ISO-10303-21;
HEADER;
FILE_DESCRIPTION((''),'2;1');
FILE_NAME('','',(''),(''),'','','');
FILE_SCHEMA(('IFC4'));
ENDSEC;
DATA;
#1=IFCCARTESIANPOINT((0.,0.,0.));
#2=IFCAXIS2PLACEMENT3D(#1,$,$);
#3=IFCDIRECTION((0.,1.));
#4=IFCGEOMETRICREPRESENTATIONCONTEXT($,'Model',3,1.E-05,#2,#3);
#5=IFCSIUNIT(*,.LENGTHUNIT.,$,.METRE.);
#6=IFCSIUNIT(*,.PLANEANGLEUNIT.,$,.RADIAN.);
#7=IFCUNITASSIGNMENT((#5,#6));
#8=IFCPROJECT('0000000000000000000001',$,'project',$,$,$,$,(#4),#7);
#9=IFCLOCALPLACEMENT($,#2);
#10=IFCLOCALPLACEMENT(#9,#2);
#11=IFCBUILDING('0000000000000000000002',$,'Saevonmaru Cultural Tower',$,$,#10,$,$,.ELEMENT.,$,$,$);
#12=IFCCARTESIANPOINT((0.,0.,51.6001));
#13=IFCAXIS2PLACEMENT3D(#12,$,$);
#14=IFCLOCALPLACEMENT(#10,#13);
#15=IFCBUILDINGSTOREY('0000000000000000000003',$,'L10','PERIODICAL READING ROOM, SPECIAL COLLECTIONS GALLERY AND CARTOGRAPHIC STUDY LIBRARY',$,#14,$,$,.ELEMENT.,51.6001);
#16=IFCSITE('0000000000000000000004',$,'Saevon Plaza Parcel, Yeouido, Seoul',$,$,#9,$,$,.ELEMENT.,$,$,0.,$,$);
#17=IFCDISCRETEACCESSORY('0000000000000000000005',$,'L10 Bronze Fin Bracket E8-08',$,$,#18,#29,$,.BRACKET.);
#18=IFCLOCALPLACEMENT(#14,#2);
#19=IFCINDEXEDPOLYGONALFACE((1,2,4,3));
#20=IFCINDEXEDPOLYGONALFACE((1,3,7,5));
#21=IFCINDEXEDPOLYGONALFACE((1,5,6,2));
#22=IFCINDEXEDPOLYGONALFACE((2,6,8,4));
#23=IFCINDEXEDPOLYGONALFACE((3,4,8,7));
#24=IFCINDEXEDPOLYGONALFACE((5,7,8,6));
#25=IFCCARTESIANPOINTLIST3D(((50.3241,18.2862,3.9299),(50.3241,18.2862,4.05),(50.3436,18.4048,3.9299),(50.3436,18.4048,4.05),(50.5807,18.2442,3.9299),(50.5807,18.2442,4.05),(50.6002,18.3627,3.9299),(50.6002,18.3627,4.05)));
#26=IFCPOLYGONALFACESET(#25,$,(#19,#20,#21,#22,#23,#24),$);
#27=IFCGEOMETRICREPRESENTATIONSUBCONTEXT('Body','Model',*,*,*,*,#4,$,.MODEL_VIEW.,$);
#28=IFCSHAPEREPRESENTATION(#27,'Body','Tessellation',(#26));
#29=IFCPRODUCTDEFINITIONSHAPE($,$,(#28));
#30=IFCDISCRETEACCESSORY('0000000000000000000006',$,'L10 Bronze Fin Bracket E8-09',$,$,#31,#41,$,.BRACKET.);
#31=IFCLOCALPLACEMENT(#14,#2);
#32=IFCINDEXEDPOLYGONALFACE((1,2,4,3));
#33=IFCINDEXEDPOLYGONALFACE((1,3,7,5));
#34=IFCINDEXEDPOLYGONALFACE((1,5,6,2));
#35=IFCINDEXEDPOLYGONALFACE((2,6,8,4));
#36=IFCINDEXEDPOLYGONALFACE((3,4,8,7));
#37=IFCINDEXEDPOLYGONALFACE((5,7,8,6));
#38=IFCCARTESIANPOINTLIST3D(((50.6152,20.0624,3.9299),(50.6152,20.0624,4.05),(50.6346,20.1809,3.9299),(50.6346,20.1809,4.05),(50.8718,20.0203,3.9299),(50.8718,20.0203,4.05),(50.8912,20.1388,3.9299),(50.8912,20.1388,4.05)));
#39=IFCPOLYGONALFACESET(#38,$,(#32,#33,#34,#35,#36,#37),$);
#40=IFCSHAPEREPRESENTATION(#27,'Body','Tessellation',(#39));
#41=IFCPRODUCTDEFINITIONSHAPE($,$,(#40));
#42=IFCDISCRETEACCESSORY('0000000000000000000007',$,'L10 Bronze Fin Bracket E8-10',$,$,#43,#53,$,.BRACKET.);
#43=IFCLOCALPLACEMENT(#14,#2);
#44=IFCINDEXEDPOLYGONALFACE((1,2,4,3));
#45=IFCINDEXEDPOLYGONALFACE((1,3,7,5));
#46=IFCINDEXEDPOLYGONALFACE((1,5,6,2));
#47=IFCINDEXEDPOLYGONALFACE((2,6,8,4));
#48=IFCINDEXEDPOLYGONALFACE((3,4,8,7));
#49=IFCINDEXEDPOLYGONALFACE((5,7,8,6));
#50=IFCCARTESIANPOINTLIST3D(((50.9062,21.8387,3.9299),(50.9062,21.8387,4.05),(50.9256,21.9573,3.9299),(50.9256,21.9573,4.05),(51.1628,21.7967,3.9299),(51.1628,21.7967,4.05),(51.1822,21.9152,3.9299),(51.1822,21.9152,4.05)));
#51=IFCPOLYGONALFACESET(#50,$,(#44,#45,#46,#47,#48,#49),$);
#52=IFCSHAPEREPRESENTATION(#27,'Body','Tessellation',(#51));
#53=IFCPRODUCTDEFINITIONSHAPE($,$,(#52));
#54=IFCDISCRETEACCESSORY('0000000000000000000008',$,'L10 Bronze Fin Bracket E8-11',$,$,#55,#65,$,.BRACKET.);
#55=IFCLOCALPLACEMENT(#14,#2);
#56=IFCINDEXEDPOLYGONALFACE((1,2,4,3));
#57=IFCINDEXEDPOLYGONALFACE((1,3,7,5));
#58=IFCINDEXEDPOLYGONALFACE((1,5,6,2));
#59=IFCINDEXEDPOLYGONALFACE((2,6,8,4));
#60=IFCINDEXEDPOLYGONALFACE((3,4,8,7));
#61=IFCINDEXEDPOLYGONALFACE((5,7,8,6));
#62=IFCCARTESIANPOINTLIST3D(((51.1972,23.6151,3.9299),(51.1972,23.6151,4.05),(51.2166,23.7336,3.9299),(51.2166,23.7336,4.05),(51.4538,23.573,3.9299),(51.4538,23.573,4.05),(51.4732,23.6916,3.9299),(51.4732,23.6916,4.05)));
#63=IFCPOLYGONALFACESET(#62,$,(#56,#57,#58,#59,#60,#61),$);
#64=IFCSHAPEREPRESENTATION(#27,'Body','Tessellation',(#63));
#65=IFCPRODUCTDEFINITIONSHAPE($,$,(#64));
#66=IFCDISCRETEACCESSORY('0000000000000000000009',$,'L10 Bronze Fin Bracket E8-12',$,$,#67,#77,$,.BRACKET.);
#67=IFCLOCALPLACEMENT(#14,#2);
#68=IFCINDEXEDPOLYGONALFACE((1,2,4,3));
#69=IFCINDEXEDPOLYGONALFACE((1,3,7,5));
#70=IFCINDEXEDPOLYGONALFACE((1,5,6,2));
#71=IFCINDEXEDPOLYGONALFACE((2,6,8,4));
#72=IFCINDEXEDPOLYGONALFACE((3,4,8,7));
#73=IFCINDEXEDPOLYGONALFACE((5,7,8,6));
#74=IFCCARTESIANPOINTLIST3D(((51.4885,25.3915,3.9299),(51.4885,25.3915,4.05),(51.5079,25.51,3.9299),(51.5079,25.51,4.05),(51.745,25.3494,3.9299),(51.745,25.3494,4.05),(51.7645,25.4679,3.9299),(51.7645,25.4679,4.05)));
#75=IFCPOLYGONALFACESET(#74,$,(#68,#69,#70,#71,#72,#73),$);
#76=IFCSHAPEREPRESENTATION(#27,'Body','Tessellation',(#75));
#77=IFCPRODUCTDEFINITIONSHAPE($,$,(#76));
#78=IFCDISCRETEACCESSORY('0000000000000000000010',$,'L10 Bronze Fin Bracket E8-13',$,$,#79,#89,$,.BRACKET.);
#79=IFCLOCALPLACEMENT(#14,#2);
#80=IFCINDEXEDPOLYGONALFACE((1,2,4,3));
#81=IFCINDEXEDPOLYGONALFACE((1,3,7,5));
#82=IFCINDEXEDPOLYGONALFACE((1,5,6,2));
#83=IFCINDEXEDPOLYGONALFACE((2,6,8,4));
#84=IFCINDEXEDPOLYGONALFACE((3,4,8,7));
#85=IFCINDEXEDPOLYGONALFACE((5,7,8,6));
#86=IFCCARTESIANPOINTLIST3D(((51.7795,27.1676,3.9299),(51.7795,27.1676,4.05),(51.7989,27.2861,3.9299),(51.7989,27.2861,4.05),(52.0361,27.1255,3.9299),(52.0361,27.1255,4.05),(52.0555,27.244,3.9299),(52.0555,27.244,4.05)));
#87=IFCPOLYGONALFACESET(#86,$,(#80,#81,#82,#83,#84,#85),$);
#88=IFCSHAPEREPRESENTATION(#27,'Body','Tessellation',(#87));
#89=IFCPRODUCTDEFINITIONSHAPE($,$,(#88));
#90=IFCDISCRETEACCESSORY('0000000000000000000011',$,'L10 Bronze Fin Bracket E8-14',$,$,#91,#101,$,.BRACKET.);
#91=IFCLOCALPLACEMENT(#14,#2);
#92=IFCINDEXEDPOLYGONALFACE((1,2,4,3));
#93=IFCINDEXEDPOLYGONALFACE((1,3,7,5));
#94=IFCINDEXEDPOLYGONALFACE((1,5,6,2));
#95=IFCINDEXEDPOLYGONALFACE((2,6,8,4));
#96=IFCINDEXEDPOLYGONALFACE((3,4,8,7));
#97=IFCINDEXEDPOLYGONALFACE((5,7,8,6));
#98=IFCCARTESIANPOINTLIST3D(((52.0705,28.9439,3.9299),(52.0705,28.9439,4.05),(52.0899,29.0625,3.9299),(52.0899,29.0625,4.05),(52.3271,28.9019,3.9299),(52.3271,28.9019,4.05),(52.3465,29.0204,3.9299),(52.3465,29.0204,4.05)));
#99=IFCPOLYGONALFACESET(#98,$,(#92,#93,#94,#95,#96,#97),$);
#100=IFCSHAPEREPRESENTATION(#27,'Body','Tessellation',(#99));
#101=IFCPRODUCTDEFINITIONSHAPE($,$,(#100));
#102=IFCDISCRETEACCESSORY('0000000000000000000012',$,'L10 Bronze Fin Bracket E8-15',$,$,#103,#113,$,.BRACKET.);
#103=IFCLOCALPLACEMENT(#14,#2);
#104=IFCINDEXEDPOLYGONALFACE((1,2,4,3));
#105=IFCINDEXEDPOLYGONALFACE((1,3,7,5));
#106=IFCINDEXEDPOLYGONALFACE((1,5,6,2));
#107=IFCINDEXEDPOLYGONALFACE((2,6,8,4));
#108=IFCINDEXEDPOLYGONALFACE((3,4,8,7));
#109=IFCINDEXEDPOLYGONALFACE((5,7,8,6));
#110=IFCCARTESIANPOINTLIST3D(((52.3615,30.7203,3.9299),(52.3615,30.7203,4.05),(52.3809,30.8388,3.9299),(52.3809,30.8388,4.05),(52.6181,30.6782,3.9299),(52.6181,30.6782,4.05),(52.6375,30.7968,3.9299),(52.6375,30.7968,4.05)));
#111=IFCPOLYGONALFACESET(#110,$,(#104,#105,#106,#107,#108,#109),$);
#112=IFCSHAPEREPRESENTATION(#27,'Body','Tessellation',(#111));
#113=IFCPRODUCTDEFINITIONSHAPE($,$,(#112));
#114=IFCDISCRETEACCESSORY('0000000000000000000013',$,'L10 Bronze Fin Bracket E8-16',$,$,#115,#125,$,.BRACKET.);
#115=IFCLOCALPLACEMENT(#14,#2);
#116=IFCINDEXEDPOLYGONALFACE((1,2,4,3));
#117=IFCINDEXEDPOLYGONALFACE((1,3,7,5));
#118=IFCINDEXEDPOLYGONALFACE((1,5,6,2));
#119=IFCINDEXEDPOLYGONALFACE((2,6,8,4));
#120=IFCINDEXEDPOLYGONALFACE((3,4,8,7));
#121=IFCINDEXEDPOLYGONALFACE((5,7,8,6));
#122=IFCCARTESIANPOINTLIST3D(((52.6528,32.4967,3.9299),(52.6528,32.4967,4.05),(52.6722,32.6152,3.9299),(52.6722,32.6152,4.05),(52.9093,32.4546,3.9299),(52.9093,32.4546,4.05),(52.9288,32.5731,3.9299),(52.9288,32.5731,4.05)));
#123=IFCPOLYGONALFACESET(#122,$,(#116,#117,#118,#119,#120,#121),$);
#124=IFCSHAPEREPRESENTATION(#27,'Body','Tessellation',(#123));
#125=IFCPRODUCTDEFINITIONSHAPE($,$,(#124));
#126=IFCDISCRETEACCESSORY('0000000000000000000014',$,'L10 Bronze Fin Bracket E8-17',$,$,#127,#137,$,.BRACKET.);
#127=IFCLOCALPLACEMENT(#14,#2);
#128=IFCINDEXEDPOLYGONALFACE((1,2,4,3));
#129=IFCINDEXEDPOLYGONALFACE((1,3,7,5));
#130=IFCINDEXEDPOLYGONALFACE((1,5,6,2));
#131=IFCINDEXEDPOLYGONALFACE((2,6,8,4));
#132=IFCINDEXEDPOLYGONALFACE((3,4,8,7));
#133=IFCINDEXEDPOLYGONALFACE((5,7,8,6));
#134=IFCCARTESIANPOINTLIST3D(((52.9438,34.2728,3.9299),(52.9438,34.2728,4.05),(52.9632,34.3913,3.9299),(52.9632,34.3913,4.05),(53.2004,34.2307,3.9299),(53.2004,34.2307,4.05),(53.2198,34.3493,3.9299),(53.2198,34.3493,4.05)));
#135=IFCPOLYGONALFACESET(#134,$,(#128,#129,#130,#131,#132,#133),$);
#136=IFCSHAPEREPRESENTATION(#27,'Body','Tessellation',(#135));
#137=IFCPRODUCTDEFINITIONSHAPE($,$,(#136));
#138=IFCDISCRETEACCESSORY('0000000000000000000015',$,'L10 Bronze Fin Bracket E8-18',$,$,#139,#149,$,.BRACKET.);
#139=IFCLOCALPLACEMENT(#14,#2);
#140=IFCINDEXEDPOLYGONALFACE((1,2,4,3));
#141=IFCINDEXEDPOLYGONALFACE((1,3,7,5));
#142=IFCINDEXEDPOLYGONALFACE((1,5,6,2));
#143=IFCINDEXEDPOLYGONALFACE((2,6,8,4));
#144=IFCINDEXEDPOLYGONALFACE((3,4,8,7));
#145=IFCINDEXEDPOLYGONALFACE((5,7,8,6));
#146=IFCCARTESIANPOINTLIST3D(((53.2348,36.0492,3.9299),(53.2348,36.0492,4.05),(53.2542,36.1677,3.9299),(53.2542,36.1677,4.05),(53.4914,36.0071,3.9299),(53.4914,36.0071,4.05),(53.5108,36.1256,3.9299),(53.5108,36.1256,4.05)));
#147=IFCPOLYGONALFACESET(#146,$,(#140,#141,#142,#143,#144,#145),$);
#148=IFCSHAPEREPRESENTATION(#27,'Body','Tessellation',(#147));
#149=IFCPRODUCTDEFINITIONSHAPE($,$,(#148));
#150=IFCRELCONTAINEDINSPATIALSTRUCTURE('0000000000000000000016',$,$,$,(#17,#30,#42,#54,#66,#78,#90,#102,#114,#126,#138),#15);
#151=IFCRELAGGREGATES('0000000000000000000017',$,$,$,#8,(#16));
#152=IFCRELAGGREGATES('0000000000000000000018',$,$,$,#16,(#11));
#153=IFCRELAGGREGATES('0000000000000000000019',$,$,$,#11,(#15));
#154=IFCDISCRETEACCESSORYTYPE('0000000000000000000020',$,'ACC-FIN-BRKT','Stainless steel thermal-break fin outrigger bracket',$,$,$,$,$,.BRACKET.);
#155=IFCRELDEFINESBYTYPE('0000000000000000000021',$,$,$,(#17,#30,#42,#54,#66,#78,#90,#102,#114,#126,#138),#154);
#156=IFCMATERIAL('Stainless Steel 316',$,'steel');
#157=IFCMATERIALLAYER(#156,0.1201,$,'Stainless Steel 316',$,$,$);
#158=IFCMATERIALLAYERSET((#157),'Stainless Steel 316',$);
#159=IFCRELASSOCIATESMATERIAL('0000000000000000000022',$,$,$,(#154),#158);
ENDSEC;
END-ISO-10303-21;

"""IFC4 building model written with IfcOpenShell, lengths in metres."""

from ifc_helpers import new_model, si_unit, direction, frame, origin, origin_2d, place, context, subcontext, project, spatial, rectangle, extrude, material, layer, layer_set, type_object, element, save


model = new_model("IFC4")

# Units and contexts
model_context = context("Model", 3, precision=1e-05, world=origin(), true_north=direction((0.0, 1.0)))
body_context = subcontext(model_context, "Body", "Model", "MODEL_VIEW")
ifc_project = project(units=[si_unit("LENGTHUNIT", "METRE"), si_unit("PLANEANGLEUNIT", "RADIAN")], contexts=[model_context])

# Site, building, storey
site_placement = place(None, origin())
site = spatial("IfcSite", under=ifc_project, at=site_placement, Name="Saevon Plaza Parcel, Yeouido, Seoul", CompositionType="ELEMENT", RefElevation=0.0)
building_placement = place(site_placement, origin())
building = spatial("IfcBuilding", under=site, at=building_placement, Name="Saevonmaru Cultural Tower", CompositionType="ELEMENT")
storey_placement = place(building_placement, frame((0.0, 0.0, 51.6001)))
storey = spatial("IfcBuildingStorey", under=building, at=storey_placement, Name="L10", Description="PERIODICAL READING ROOM, SPECIAL COLLECTIONS GALLERY AND CARTOGRAPHIC STUDY LIBRARY", CompositionType="ELEMENT", Elevation=51.6001)

# Discrete accessories
ifc_material_1 = material(Name="Stainless Steel 316", Category="steel")
ifc_layer_1 = layer(ifc_material_1, 0.1201, Name="Stainless Steel 316")
ifc_layer_set_1 = layer_set([ifc_layer_1], Name="Stainless Steel 316")
discrete_accessory_type = type_object("IfcDiscreteAccessoryType", Name="ACC-FIN-BRKT", Description="Stainless steel thermal-break fin outrigger bracket", PredefinedType="BRACKET", material=ifc_layer_set_1)
for number, where, z_axis, x_axis, name in (
    (1, (50.4622, 18.3245, 3.9299), (0.0, 0.0, 1.0), (0.986827, -0.161776, 0.0), "L10 Bronze Fin Bracket E8-08"),
    (2, (50.7532, 20.1006, 3.9299), (0.0, 0.0, 1.0), (0.986827, -0.161776, 0.0), "L10 Bronze Fin Bracket E8-09"),
    (3, (51.0442, 21.877, 3.9299), (0.0, 0.0, 1.0), (0.986827, -0.161776, 0.0), "L10 Bronze Fin Bracket E8-10"),
    (4, (51.3352, 23.6533, 3.9299), (0.0, 0.0, 1.0), (0.986827, -0.161776, 0.0), "L10 Bronze Fin Bracket E8-11"),
    (5, (51.6265, 25.4297, 3.9299), (0.0, 0.0, 1.0), (0.986827, -0.161776, 0.0), "L10 Bronze Fin Bracket E8-12"),
    (6, (51.9175, 27.2058, 3.9299), (0.0, 0.0, 1.0), (0.986827, -0.161776, 0.0), "L10 Bronze Fin Bracket E8-13"),
    (7, (52.2085, 28.9822, 3.9299), (0.0, 0.0, 1.0), (0.986827, -0.161776, 0.0), "L10 Bronze Fin Bracket E8-14"),
    (8, (52.4995, 30.7585, 3.9299), (0.0, 0.0, 1.0), (0.986827, -0.161776, 0.0), "L10 Bronze Fin Bracket E8-15"),
    (9, (52.7908, 32.5349, 3.9299), (0.0, 0.0, 1.0), (0.986827, -0.161776, 0.0), "L10 Bronze Fin Bracket E8-16"),
    (10, (53.0818, 34.311, 3.9299), (0.0, 0.0, 1.0), (0.986827, -0.161776, 0.0), "L10 Bronze Fin Bracket E8-17"),
    (11, (53.3728, 36.0874, 3.9299), (0.0, 0.0, 1.0), (0.986827, -0.161776, 0.0), "L10 Bronze Fin Bracket E8-18"),
):
    element("IfcDiscreteAccessory", number, at=place(storey_placement, frame(where, z_axis=z_axis, x_axis=x_axis)), inside=storey, type_object=discrete_accessory_type, Name=name, PredefinedType="BRACKET", context=body_context, shape_type="SweptSolid", body=[
        extrude(rectangle(XDim=0.26, YDim=0.1201, at=origin_2d()), origin(), (0.0, 0.0, 1.0), 0.1201),
    ])

save(model, "model.ifc")
